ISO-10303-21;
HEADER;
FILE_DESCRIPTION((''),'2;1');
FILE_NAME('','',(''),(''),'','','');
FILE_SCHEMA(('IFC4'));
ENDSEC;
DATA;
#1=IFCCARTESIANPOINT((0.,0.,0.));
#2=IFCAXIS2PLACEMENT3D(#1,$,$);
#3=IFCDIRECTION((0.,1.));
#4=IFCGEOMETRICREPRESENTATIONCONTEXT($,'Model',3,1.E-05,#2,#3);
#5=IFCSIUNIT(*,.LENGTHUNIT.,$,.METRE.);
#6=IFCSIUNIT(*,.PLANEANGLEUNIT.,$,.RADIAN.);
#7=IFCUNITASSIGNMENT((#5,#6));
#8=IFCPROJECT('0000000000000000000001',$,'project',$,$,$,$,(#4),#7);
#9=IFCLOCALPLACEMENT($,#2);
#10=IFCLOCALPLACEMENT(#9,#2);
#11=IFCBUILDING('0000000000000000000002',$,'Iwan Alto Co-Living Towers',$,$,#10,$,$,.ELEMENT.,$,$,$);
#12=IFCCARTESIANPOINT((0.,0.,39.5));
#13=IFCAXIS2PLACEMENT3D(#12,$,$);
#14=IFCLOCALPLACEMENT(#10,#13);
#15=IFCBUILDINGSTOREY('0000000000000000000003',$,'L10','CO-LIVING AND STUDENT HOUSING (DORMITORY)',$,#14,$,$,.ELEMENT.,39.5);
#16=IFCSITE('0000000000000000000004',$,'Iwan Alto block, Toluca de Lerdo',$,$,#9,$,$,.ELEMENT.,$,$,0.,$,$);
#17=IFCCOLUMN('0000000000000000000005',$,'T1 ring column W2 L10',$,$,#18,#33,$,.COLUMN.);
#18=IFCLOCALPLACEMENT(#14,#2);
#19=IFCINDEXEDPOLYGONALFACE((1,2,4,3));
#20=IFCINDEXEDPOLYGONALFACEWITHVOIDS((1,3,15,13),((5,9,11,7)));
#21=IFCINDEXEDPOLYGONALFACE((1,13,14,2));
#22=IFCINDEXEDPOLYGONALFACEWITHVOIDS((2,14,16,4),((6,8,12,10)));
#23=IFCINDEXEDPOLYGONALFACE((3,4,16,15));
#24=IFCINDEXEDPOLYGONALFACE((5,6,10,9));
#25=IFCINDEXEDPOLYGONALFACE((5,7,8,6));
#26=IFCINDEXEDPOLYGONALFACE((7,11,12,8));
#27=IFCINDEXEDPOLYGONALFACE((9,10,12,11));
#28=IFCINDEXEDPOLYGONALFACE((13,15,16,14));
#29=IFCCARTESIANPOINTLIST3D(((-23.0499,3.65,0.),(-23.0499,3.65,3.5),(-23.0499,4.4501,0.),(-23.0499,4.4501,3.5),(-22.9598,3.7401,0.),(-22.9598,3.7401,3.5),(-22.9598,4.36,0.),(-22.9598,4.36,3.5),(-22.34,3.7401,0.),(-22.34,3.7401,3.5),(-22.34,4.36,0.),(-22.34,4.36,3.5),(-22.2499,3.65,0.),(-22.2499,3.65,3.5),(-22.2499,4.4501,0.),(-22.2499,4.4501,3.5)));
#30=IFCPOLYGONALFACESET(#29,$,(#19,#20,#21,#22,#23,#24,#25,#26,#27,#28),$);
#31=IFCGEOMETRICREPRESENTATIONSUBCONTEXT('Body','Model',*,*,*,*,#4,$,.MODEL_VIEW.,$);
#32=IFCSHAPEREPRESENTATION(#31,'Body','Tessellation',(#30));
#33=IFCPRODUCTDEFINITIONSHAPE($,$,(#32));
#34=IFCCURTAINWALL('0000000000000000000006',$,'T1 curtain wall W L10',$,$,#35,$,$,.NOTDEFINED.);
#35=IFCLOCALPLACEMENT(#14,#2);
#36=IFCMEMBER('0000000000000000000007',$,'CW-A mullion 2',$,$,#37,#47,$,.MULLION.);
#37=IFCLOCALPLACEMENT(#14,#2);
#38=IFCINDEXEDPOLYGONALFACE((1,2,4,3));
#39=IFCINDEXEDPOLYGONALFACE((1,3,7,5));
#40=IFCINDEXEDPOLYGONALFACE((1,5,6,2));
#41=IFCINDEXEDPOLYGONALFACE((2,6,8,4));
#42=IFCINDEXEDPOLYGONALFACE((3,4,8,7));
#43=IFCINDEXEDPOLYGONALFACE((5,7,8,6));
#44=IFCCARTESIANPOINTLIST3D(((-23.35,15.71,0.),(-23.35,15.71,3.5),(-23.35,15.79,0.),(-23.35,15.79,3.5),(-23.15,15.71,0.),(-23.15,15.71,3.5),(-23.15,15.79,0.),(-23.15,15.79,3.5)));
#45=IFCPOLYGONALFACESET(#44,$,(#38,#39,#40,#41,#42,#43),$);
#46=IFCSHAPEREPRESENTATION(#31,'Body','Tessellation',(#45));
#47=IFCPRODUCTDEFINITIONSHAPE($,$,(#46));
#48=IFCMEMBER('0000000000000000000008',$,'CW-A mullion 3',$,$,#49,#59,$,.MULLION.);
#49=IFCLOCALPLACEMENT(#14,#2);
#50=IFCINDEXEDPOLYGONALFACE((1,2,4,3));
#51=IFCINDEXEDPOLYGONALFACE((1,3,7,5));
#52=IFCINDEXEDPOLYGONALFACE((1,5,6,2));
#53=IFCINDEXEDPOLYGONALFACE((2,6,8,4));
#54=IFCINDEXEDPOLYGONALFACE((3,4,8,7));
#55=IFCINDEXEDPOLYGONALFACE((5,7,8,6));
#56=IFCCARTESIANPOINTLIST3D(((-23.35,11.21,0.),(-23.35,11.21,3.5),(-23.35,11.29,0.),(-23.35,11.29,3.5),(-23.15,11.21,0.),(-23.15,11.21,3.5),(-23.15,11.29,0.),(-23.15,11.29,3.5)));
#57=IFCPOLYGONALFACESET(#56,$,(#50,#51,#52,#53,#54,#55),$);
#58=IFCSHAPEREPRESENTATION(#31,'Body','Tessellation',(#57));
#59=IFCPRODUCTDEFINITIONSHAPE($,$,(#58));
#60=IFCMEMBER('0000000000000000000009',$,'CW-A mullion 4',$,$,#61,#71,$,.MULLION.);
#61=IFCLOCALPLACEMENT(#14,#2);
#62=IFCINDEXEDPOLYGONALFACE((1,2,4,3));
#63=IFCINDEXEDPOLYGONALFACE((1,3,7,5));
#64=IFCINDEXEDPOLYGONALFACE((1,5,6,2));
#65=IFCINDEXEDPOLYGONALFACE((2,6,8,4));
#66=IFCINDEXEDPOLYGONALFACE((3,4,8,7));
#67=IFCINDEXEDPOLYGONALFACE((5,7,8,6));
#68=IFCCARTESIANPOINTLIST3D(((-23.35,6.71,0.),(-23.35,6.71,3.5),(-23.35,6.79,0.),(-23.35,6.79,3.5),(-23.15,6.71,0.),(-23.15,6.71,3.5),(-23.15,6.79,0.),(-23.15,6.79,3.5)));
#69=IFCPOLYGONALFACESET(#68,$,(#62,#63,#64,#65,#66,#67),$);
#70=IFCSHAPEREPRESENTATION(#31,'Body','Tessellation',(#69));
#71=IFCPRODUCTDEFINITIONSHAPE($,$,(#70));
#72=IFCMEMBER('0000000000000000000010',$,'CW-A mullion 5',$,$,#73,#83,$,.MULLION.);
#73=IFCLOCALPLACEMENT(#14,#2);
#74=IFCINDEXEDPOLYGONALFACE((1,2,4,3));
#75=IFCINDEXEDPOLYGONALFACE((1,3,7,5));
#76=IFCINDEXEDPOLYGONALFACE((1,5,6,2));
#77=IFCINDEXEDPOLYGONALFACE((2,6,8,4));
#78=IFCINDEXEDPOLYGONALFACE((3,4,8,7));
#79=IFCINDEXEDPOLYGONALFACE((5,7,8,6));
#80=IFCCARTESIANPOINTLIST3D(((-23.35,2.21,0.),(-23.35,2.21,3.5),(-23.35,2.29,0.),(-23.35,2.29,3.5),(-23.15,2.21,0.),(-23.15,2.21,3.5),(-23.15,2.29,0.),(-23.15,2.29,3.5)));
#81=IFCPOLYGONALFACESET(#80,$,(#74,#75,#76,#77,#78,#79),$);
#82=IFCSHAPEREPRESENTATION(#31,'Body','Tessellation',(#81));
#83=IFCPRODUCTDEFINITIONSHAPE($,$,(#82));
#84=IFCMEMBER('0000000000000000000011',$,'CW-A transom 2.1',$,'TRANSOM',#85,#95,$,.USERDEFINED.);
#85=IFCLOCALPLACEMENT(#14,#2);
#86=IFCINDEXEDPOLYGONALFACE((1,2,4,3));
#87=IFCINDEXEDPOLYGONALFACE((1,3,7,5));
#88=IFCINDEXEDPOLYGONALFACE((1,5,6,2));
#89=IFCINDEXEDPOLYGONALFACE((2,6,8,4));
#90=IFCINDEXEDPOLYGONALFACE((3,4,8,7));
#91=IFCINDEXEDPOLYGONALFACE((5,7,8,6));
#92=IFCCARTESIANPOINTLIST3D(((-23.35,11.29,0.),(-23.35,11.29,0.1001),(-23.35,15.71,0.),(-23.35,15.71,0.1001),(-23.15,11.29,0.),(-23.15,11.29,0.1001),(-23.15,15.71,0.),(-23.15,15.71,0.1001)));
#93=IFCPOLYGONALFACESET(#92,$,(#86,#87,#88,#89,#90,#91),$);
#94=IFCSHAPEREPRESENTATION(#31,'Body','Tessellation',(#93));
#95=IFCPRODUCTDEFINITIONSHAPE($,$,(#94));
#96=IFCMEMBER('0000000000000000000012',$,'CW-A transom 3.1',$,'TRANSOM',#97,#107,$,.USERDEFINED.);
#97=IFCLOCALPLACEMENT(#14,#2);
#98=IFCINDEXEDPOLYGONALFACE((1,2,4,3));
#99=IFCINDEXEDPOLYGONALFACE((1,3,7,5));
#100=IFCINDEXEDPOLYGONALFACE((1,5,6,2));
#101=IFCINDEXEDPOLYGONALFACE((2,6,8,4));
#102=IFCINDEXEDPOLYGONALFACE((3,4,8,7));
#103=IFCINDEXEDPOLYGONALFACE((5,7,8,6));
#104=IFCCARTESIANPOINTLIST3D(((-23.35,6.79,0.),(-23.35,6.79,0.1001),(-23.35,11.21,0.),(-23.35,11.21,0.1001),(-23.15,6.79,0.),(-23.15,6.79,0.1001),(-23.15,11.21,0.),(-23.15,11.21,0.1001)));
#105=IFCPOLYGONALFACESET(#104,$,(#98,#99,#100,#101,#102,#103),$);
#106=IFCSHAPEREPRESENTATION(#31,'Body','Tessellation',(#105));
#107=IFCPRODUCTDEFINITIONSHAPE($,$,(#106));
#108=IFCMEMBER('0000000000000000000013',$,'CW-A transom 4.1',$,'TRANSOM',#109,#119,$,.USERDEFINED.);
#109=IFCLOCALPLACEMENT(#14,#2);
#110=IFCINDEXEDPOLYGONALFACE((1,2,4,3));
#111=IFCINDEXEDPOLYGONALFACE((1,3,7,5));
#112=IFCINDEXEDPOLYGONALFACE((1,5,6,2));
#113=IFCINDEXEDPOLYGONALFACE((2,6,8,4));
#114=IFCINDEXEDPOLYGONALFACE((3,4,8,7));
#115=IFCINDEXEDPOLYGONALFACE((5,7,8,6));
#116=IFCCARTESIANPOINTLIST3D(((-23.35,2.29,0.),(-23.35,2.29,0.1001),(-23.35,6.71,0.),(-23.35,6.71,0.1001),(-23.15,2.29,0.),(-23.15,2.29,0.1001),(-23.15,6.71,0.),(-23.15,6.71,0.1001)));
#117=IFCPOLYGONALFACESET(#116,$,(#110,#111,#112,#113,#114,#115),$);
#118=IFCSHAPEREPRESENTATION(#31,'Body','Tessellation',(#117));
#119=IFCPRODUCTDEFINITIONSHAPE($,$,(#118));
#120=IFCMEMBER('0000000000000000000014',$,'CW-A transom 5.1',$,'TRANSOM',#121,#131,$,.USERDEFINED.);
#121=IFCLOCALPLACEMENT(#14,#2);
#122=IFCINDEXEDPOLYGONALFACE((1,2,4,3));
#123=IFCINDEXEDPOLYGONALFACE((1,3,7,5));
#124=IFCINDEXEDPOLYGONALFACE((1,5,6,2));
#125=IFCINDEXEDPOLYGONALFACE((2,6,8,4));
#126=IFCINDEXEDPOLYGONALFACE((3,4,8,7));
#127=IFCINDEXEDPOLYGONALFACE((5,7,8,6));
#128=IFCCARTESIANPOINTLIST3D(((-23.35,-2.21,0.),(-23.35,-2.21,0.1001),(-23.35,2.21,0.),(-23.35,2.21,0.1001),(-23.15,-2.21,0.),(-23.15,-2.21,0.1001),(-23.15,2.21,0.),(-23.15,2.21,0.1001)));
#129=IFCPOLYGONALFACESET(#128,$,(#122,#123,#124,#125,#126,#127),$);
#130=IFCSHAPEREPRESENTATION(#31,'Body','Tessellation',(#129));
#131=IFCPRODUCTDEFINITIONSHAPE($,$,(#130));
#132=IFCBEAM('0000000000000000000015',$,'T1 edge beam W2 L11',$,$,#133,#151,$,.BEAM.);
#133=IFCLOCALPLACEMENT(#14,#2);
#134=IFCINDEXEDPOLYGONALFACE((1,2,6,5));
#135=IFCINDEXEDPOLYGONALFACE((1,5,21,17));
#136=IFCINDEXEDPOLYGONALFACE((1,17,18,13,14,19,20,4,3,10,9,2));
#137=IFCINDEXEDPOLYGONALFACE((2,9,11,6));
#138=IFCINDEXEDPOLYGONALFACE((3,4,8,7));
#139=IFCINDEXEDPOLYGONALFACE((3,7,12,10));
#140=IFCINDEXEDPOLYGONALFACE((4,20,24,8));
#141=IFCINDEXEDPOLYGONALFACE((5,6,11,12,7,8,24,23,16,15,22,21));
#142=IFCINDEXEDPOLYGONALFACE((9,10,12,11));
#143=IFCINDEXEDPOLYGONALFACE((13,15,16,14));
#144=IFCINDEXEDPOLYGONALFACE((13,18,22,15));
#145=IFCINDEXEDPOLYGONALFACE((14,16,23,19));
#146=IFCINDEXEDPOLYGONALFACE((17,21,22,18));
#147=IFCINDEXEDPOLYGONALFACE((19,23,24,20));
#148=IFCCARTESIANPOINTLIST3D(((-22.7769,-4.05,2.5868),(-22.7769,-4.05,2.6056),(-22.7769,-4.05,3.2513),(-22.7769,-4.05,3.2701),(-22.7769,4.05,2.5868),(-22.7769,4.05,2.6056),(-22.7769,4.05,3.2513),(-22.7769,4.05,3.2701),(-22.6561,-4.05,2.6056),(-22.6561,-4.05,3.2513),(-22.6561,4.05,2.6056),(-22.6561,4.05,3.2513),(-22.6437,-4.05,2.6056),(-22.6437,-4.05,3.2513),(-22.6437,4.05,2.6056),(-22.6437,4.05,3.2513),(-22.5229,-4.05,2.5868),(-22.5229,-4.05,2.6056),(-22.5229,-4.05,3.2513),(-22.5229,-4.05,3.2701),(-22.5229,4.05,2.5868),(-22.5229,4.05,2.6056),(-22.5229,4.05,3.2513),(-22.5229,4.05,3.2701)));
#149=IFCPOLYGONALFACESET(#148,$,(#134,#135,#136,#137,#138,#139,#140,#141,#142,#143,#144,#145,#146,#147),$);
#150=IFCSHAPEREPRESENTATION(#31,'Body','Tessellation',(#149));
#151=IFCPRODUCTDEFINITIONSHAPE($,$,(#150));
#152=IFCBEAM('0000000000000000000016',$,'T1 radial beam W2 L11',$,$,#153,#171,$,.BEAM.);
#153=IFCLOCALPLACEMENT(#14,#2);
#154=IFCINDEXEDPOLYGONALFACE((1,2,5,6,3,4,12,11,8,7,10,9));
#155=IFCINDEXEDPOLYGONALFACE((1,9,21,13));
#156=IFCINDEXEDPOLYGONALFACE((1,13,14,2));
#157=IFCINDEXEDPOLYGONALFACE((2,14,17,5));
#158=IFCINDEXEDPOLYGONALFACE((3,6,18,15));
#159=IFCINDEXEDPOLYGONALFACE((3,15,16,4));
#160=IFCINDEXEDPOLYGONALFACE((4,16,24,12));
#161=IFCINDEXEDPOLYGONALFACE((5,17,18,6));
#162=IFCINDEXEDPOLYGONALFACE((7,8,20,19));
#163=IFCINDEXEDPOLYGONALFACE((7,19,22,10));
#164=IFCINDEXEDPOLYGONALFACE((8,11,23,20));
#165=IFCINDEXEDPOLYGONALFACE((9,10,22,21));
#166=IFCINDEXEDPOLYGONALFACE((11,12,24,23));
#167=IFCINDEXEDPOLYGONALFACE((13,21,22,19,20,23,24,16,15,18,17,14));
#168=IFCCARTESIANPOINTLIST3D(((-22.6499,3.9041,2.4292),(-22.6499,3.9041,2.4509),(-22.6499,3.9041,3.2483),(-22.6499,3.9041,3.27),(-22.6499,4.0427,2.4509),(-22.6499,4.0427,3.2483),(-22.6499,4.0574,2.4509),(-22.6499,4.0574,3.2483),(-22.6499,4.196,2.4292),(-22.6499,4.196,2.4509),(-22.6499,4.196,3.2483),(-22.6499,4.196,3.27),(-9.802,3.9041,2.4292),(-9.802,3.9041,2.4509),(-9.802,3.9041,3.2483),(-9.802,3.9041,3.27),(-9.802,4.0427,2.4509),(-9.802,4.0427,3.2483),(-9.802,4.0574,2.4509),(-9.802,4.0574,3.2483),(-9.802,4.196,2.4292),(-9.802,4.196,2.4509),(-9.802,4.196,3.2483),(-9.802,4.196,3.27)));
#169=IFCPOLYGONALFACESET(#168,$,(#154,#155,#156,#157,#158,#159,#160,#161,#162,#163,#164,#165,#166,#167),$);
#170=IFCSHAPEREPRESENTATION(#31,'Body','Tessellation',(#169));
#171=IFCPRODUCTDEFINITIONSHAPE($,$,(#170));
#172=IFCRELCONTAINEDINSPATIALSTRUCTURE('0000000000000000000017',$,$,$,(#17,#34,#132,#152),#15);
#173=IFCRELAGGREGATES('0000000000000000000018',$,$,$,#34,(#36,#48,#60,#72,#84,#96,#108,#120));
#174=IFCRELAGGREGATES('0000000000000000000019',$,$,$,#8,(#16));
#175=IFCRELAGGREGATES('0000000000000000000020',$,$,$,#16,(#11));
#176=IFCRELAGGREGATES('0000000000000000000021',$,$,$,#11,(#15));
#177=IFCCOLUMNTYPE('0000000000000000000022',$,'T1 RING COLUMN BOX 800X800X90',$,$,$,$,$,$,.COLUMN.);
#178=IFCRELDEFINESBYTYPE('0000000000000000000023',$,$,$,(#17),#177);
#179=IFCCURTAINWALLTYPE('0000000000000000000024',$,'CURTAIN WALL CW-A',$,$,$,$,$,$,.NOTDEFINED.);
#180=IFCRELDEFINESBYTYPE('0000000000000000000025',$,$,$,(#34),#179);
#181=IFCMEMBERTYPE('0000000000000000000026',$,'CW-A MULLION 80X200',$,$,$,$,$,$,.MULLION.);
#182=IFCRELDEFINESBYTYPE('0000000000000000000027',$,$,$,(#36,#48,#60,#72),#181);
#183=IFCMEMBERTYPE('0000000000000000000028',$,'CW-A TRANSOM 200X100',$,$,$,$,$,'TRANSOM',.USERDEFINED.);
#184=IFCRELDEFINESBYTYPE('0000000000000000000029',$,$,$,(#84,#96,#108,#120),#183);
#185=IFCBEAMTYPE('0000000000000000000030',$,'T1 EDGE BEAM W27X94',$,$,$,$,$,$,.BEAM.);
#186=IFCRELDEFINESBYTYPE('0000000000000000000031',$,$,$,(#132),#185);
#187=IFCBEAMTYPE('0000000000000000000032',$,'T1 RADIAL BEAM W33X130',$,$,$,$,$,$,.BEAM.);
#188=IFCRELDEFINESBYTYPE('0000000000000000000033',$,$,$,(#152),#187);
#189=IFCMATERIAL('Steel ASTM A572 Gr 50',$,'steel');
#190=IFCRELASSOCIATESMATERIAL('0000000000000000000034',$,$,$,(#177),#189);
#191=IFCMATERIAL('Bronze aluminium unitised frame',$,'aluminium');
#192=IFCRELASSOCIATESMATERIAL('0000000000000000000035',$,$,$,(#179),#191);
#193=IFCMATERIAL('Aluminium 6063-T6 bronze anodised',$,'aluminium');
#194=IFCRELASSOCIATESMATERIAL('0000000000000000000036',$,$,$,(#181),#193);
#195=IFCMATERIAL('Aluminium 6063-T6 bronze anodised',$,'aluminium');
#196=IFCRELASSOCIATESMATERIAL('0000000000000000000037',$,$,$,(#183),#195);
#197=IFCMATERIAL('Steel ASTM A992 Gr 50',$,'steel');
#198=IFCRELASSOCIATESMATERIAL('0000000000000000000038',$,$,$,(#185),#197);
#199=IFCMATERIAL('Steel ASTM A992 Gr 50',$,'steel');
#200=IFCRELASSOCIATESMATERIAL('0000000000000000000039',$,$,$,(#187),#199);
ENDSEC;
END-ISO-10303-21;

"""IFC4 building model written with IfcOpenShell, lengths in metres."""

from ifc_helpers import new_model, si_unit, direction, frame, origin, origin_2d, place, context, subcontext, project, spatial, rectangle, hollow_rectangle, i_section, extrude, material, material_profile, profile_set, type_object, element, aggregate, save


model = new_model("IFC4")

# Units and contexts
model_context = context("Model", 3, precision=1e-05, world=origin(), true_north=direction((0.0, 1.0)))
body_context = subcontext(model_context, "Body", "Model", "MODEL_VIEW")
ifc_project = project(units=[si_unit("LENGTHUNIT", "METRE"), si_unit("PLANEANGLEUNIT", "RADIAN")], contexts=[model_context])

# Site, building, storey
site_placement = place(None, origin())
site = spatial("IfcSite", under=ifc_project, at=site_placement, Name="Iwan Alto block, Toluca de Lerdo", CompositionType="ELEMENT", RefElevation=0.0)
building_placement = place(site_placement, origin())
building = spatial("IfcBuilding", under=site, at=building_placement, Name="Iwan Alto Co-Living Towers", CompositionType="ELEMENT")
storey_placement = place(building_placement, frame((0.0, 0.0, 39.5)))
storey = spatial("IfcBuildingStorey", under=building, at=storey_placement, Name="L10", Description="CO-LIVING AND STUDENT HOUSING (DORMITORY)", CompositionType="ELEMENT", Elevation=39.5)

# Column
ifc_material_1 = material(Name="Steel ASTM A572 Gr 50", Category="steel")
ifc_material_profile_1 = material_profile(ifc_material_1, hollow_rectangle(XDim=0.8, YDim=0.8, WallThickness=0.0901, at=origin_2d()), Name="BOX 800X800X90")
ifc_profile_set_1 = profile_set([ifc_material_profile_1], Name="Steel ASTM A572 Gr 50")
column_type = type_object("IfcColumnType", Name="T1 RING COLUMN BOX 800X800X90", PredefinedType="COLUMN", material=ifc_profile_set_1)
column_placement = place(storey_placement, frame((-22.6499, 4.05, 0.0), z_axis=(0.0, 0.0, 1.0), x_axis=(1.0, 0.0, 0.0)))
element("IfcColumn", 1, at=column_placement, inside=storey, type_object=column_type, Name="T1 ring column W2 L10", PredefinedType="COLUMN", context=body_context, shape_type="SweptSolid", body=[
    extrude(hollow_rectangle(XDim=0.8, YDim=0.8, WallThickness=0.0901, at=origin_2d()), origin(), (0.0, 0.0, 1.0), 3.5),
])

# Curtain wall, members
ifc_material_2 = material(Name="Bronze aluminium unitised frame", Category="aluminium")
curtain_wall_type = type_object("IfcCurtainWallType", Name="CURTAIN WALL CW-A", PredefinedType="NOTDEFINED", material=ifc_material_2)
curtain_wall_placement = place(storey_placement, origin())
curtain_wall = element("IfcCurtainWall", 2, at=curtain_wall_placement, inside=storey, type_object=curtain_wall_type, Name="T1 curtain wall W L10", PredefinedType="NOTDEFINED")
ifc_material_3 = material(Name="Aluminium 6063-T6 bronze anodised", Category="aluminium")
ifc_material_profile_2 = material_profile(ifc_material_3, rectangle(XDim=0.2, YDim=0.0801, at=origin_2d()), Name="AL 80X200")
ifc_profile_set_2 = profile_set([ifc_material_profile_2], Name="Aluminium 6063-T6 bronze anodised")
member_type_1 = type_object("IfcMemberType", Name="CW-A MULLION 80X200", PredefinedType="MULLION", material=ifc_profile_set_2)
member_1_placement = place(storey_placement, frame((-23.25, 15.75, 0.0), z_axis=(0.0, 0.0, 1.0), x_axis=(1.0, 0.0, 0.0)))
member_1 = element("IfcMember", 3, at=member_1_placement, type_object=member_type_1, Name="CW-A mullion 2", PredefinedType="MULLION", context=body_context, shape_type="SweptSolid", body=[
    extrude(rectangle(XDim=0.2, YDim=0.0801, at=origin_2d()), origin(), (0.0, 0.0, 1.0), 3.5),
])
member_2_placement = place(storey_placement, frame((-23.25, 11.25, 0.0), z_axis=(0.0, 0.0, 1.0), x_axis=(1.0, 0.0, 0.0)))
member_2 = element("IfcMember", 4, at=member_2_placement, type_object=member_type_1, Name="CW-A mullion 3", PredefinedType="MULLION", context=body_context, shape_type="SweptSolid", body=[
    extrude(rectangle(XDim=0.2, YDim=0.0801, at=origin_2d()), origin(), (0.0, 0.0, 1.0), 3.5),
])
member_3_placement = place(storey_placement, frame((-23.25, 6.75, 0.0), z_axis=(0.0, 0.0, 1.0), x_axis=(1.0, 0.0, 0.0)))
member_3 = element("IfcMember", 5, at=member_3_placement, type_object=member_type_1, Name="CW-A mullion 4", PredefinedType="MULLION", context=body_context, shape_type="SweptSolid", body=[
    extrude(rectangle(XDim=0.2, YDim=0.0801, at=origin_2d()), origin(), (0.0, 0.0, 1.0), 3.5),
])
member_4_placement = place(storey_placement, frame((-23.25, 2.25, 0.0), z_axis=(0.0, 0.0, 1.0), x_axis=(1.0, 0.0, 0.0)))
member_4 = element("IfcMember", 6, at=member_4_placement, type_object=member_type_1, Name="CW-A mullion 5", PredefinedType="MULLION", context=body_context, shape_type="SweptSolid", body=[
    extrude(rectangle(XDim=0.2, YDim=0.0801, at=origin_2d()), origin(), (0.0, 0.0, 1.0), 3.5),
])
ifc_material_4 = material(Name="Aluminium 6063-T6 bronze anodised", Category="aluminium")
ifc_material_profile_3 = material_profile(ifc_material_4, rectangle(XDim=0.2, YDim=0.1001, at=origin_2d()), Name="AL 200X100")
ifc_profile_set_3 = profile_set([ifc_material_profile_3], Name="Aluminium 6063-T6 bronze anodised")
member_type_2 = type_object("IfcMemberType", Name="CW-A TRANSOM 200X100", ElementType="TRANSOM", PredefinedType="USERDEFINED", material=ifc_profile_set_3)
member_5_placement = place(storey_placement, frame((-23.25, 15.71, 0.05), z_axis=(0.0, -1.0, 0.0), x_axis=(1.0, 0.0, 0.0)))
member_5 = element("IfcMember", 7, at=member_5_placement, type_object=member_type_2, Name="CW-A transom 2.1", ObjectType="TRANSOM", PredefinedType="USERDEFINED", context=body_context, shape_type="SweptSolid", body=[
    extrude(rectangle(XDim=0.2, YDim=0.1001, at=origin_2d()), origin(), (0.0, 0.0, 1.0), 4.4199),
])
member_6_placement = place(storey_placement, frame((-23.25, 11.21, 0.05), z_axis=(0.0, -1.0, 0.0), x_axis=(1.0, 0.0, 0.0)))
member_6 = element("IfcMember", 8, at=member_6_placement, type_object=member_type_2, Name="CW-A transom 3.1", ObjectType="TRANSOM", PredefinedType="USERDEFINED", context=body_context, shape_type="SweptSolid", body=[
    extrude(rectangle(XDim=0.2, YDim=0.1001, at=origin_2d()), origin(), (0.0, 0.0, 1.0), 4.4199),
])
member_7_placement = place(storey_placement, frame((-23.25, 6.71, 0.05), z_axis=(0.0, -1.0, 0.0), x_axis=(1.0, 0.0, 0.0)))
member_7 = element("IfcMember", 9, at=member_7_placement, type_object=member_type_2, Name="CW-A transom 4.1", ObjectType="TRANSOM", PredefinedType="USERDEFINED", context=body_context, shape_type="SweptSolid", body=[
    extrude(rectangle(XDim=0.2, YDim=0.1001, at=origin_2d()), origin(), (0.0, 0.0, 1.0), 4.4199),
])
member_8_placement = place(storey_placement, frame((-23.25, 2.21, 0.05), z_axis=(0.0, -1.0, 0.0), x_axis=(1.0, 0.0, 0.0)))
member_8 = element("IfcMember", 10, at=member_8_placement, type_object=member_type_2, Name="CW-A transom 5.1", ObjectType="TRANSOM", PredefinedType="USERDEFINED", context=body_context, shape_type="SweptSolid", body=[
    extrude(rectangle(XDim=0.2, YDim=0.1001, at=origin_2d()), origin(), (0.0, 0.0, 1.0), 4.4199),
])

# Beams
ifc_material_5 = material(Name="Steel ASTM A992 Gr 50", Category="steel")
ifc_material_profile_4 = material_profile(ifc_material_5, i_section(OverallWidth=0.2539, OverallDepth=0.6833, WebThickness=0.0125, FlangeThickness=0.0188, at=origin_2d()), Name="W27X94")
ifc_profile_set_4 = profile_set([ifc_material_profile_4], Name="Steel ASTM A992 Gr 50")
beam_type_1 = type_object("IfcBeamType", Name="T1 EDGE BEAM W27X94", PredefinedType="BEAM", material=ifc_profile_set_4)
beam_1_placement = place(storey_placement, frame((-22.6499, 4.05, 2.9285), z_axis=(0.0, -1.0, 0.0), x_axis=(1.0, 0.0, 0.0)))
element("IfcBeam", 11, at=beam_1_placement, inside=storey, type_object=beam_type_1, Name="T1 edge beam W2 L11", PredefinedType="BEAM", context=body_context, shape_type="SweptSolid", body=[
    extrude(i_section(OverallWidth=0.2539, OverallDepth=0.6833, WebThickness=0.0125, FlangeThickness=0.0188, at=origin_2d()), origin(), (0.0, 0.0, 1.0), 8.1001),
])
ifc_material_6 = material(Name="Steel ASTM A992 Gr 50", Category="steel")
ifc_material_profile_5 = material_profile(ifc_material_6, i_section(OverallWidth=0.292, OverallDepth=0.8408, WebThickness=0.0146, FlangeThickness=0.0217, at=origin_2d()), Name="W33X130")
ifc_profile_set_5 = profile_set([ifc_material_profile_5], Name="Steel ASTM A992 Gr 50")
beam_type_2 = type_object("IfcBeamType", Name="T1 RADIAL BEAM W33X130", PredefinedType="BEAM", material=ifc_profile_set_5)
beam_2_placement = place(storey_placement, frame((-22.6499, 4.05, 2.8496), z_axis=(1.0, 0.0, 0.0), x_axis=(0.0, 1.0, 0.0)))
element("IfcBeam", 12, at=beam_2_placement, inside=storey, type_object=beam_type_2, Name="T1 radial beam W2 L11", PredefinedType="BEAM", context=body_context, shape_type="SweptSolid", body=[
    extrude(i_section(OverallWidth=0.292, OverallDepth=0.8408, WebThickness=0.0146, FlangeThickness=0.0217, at=origin_2d()), origin(), (0.0, 0.0, 1.0), 12.8479),
])

aggregate(curtain_wall, [member_1, member_2, member_3, member_4, member_5, member_6, member_7, member_8])

save(model, "model.ifc")
